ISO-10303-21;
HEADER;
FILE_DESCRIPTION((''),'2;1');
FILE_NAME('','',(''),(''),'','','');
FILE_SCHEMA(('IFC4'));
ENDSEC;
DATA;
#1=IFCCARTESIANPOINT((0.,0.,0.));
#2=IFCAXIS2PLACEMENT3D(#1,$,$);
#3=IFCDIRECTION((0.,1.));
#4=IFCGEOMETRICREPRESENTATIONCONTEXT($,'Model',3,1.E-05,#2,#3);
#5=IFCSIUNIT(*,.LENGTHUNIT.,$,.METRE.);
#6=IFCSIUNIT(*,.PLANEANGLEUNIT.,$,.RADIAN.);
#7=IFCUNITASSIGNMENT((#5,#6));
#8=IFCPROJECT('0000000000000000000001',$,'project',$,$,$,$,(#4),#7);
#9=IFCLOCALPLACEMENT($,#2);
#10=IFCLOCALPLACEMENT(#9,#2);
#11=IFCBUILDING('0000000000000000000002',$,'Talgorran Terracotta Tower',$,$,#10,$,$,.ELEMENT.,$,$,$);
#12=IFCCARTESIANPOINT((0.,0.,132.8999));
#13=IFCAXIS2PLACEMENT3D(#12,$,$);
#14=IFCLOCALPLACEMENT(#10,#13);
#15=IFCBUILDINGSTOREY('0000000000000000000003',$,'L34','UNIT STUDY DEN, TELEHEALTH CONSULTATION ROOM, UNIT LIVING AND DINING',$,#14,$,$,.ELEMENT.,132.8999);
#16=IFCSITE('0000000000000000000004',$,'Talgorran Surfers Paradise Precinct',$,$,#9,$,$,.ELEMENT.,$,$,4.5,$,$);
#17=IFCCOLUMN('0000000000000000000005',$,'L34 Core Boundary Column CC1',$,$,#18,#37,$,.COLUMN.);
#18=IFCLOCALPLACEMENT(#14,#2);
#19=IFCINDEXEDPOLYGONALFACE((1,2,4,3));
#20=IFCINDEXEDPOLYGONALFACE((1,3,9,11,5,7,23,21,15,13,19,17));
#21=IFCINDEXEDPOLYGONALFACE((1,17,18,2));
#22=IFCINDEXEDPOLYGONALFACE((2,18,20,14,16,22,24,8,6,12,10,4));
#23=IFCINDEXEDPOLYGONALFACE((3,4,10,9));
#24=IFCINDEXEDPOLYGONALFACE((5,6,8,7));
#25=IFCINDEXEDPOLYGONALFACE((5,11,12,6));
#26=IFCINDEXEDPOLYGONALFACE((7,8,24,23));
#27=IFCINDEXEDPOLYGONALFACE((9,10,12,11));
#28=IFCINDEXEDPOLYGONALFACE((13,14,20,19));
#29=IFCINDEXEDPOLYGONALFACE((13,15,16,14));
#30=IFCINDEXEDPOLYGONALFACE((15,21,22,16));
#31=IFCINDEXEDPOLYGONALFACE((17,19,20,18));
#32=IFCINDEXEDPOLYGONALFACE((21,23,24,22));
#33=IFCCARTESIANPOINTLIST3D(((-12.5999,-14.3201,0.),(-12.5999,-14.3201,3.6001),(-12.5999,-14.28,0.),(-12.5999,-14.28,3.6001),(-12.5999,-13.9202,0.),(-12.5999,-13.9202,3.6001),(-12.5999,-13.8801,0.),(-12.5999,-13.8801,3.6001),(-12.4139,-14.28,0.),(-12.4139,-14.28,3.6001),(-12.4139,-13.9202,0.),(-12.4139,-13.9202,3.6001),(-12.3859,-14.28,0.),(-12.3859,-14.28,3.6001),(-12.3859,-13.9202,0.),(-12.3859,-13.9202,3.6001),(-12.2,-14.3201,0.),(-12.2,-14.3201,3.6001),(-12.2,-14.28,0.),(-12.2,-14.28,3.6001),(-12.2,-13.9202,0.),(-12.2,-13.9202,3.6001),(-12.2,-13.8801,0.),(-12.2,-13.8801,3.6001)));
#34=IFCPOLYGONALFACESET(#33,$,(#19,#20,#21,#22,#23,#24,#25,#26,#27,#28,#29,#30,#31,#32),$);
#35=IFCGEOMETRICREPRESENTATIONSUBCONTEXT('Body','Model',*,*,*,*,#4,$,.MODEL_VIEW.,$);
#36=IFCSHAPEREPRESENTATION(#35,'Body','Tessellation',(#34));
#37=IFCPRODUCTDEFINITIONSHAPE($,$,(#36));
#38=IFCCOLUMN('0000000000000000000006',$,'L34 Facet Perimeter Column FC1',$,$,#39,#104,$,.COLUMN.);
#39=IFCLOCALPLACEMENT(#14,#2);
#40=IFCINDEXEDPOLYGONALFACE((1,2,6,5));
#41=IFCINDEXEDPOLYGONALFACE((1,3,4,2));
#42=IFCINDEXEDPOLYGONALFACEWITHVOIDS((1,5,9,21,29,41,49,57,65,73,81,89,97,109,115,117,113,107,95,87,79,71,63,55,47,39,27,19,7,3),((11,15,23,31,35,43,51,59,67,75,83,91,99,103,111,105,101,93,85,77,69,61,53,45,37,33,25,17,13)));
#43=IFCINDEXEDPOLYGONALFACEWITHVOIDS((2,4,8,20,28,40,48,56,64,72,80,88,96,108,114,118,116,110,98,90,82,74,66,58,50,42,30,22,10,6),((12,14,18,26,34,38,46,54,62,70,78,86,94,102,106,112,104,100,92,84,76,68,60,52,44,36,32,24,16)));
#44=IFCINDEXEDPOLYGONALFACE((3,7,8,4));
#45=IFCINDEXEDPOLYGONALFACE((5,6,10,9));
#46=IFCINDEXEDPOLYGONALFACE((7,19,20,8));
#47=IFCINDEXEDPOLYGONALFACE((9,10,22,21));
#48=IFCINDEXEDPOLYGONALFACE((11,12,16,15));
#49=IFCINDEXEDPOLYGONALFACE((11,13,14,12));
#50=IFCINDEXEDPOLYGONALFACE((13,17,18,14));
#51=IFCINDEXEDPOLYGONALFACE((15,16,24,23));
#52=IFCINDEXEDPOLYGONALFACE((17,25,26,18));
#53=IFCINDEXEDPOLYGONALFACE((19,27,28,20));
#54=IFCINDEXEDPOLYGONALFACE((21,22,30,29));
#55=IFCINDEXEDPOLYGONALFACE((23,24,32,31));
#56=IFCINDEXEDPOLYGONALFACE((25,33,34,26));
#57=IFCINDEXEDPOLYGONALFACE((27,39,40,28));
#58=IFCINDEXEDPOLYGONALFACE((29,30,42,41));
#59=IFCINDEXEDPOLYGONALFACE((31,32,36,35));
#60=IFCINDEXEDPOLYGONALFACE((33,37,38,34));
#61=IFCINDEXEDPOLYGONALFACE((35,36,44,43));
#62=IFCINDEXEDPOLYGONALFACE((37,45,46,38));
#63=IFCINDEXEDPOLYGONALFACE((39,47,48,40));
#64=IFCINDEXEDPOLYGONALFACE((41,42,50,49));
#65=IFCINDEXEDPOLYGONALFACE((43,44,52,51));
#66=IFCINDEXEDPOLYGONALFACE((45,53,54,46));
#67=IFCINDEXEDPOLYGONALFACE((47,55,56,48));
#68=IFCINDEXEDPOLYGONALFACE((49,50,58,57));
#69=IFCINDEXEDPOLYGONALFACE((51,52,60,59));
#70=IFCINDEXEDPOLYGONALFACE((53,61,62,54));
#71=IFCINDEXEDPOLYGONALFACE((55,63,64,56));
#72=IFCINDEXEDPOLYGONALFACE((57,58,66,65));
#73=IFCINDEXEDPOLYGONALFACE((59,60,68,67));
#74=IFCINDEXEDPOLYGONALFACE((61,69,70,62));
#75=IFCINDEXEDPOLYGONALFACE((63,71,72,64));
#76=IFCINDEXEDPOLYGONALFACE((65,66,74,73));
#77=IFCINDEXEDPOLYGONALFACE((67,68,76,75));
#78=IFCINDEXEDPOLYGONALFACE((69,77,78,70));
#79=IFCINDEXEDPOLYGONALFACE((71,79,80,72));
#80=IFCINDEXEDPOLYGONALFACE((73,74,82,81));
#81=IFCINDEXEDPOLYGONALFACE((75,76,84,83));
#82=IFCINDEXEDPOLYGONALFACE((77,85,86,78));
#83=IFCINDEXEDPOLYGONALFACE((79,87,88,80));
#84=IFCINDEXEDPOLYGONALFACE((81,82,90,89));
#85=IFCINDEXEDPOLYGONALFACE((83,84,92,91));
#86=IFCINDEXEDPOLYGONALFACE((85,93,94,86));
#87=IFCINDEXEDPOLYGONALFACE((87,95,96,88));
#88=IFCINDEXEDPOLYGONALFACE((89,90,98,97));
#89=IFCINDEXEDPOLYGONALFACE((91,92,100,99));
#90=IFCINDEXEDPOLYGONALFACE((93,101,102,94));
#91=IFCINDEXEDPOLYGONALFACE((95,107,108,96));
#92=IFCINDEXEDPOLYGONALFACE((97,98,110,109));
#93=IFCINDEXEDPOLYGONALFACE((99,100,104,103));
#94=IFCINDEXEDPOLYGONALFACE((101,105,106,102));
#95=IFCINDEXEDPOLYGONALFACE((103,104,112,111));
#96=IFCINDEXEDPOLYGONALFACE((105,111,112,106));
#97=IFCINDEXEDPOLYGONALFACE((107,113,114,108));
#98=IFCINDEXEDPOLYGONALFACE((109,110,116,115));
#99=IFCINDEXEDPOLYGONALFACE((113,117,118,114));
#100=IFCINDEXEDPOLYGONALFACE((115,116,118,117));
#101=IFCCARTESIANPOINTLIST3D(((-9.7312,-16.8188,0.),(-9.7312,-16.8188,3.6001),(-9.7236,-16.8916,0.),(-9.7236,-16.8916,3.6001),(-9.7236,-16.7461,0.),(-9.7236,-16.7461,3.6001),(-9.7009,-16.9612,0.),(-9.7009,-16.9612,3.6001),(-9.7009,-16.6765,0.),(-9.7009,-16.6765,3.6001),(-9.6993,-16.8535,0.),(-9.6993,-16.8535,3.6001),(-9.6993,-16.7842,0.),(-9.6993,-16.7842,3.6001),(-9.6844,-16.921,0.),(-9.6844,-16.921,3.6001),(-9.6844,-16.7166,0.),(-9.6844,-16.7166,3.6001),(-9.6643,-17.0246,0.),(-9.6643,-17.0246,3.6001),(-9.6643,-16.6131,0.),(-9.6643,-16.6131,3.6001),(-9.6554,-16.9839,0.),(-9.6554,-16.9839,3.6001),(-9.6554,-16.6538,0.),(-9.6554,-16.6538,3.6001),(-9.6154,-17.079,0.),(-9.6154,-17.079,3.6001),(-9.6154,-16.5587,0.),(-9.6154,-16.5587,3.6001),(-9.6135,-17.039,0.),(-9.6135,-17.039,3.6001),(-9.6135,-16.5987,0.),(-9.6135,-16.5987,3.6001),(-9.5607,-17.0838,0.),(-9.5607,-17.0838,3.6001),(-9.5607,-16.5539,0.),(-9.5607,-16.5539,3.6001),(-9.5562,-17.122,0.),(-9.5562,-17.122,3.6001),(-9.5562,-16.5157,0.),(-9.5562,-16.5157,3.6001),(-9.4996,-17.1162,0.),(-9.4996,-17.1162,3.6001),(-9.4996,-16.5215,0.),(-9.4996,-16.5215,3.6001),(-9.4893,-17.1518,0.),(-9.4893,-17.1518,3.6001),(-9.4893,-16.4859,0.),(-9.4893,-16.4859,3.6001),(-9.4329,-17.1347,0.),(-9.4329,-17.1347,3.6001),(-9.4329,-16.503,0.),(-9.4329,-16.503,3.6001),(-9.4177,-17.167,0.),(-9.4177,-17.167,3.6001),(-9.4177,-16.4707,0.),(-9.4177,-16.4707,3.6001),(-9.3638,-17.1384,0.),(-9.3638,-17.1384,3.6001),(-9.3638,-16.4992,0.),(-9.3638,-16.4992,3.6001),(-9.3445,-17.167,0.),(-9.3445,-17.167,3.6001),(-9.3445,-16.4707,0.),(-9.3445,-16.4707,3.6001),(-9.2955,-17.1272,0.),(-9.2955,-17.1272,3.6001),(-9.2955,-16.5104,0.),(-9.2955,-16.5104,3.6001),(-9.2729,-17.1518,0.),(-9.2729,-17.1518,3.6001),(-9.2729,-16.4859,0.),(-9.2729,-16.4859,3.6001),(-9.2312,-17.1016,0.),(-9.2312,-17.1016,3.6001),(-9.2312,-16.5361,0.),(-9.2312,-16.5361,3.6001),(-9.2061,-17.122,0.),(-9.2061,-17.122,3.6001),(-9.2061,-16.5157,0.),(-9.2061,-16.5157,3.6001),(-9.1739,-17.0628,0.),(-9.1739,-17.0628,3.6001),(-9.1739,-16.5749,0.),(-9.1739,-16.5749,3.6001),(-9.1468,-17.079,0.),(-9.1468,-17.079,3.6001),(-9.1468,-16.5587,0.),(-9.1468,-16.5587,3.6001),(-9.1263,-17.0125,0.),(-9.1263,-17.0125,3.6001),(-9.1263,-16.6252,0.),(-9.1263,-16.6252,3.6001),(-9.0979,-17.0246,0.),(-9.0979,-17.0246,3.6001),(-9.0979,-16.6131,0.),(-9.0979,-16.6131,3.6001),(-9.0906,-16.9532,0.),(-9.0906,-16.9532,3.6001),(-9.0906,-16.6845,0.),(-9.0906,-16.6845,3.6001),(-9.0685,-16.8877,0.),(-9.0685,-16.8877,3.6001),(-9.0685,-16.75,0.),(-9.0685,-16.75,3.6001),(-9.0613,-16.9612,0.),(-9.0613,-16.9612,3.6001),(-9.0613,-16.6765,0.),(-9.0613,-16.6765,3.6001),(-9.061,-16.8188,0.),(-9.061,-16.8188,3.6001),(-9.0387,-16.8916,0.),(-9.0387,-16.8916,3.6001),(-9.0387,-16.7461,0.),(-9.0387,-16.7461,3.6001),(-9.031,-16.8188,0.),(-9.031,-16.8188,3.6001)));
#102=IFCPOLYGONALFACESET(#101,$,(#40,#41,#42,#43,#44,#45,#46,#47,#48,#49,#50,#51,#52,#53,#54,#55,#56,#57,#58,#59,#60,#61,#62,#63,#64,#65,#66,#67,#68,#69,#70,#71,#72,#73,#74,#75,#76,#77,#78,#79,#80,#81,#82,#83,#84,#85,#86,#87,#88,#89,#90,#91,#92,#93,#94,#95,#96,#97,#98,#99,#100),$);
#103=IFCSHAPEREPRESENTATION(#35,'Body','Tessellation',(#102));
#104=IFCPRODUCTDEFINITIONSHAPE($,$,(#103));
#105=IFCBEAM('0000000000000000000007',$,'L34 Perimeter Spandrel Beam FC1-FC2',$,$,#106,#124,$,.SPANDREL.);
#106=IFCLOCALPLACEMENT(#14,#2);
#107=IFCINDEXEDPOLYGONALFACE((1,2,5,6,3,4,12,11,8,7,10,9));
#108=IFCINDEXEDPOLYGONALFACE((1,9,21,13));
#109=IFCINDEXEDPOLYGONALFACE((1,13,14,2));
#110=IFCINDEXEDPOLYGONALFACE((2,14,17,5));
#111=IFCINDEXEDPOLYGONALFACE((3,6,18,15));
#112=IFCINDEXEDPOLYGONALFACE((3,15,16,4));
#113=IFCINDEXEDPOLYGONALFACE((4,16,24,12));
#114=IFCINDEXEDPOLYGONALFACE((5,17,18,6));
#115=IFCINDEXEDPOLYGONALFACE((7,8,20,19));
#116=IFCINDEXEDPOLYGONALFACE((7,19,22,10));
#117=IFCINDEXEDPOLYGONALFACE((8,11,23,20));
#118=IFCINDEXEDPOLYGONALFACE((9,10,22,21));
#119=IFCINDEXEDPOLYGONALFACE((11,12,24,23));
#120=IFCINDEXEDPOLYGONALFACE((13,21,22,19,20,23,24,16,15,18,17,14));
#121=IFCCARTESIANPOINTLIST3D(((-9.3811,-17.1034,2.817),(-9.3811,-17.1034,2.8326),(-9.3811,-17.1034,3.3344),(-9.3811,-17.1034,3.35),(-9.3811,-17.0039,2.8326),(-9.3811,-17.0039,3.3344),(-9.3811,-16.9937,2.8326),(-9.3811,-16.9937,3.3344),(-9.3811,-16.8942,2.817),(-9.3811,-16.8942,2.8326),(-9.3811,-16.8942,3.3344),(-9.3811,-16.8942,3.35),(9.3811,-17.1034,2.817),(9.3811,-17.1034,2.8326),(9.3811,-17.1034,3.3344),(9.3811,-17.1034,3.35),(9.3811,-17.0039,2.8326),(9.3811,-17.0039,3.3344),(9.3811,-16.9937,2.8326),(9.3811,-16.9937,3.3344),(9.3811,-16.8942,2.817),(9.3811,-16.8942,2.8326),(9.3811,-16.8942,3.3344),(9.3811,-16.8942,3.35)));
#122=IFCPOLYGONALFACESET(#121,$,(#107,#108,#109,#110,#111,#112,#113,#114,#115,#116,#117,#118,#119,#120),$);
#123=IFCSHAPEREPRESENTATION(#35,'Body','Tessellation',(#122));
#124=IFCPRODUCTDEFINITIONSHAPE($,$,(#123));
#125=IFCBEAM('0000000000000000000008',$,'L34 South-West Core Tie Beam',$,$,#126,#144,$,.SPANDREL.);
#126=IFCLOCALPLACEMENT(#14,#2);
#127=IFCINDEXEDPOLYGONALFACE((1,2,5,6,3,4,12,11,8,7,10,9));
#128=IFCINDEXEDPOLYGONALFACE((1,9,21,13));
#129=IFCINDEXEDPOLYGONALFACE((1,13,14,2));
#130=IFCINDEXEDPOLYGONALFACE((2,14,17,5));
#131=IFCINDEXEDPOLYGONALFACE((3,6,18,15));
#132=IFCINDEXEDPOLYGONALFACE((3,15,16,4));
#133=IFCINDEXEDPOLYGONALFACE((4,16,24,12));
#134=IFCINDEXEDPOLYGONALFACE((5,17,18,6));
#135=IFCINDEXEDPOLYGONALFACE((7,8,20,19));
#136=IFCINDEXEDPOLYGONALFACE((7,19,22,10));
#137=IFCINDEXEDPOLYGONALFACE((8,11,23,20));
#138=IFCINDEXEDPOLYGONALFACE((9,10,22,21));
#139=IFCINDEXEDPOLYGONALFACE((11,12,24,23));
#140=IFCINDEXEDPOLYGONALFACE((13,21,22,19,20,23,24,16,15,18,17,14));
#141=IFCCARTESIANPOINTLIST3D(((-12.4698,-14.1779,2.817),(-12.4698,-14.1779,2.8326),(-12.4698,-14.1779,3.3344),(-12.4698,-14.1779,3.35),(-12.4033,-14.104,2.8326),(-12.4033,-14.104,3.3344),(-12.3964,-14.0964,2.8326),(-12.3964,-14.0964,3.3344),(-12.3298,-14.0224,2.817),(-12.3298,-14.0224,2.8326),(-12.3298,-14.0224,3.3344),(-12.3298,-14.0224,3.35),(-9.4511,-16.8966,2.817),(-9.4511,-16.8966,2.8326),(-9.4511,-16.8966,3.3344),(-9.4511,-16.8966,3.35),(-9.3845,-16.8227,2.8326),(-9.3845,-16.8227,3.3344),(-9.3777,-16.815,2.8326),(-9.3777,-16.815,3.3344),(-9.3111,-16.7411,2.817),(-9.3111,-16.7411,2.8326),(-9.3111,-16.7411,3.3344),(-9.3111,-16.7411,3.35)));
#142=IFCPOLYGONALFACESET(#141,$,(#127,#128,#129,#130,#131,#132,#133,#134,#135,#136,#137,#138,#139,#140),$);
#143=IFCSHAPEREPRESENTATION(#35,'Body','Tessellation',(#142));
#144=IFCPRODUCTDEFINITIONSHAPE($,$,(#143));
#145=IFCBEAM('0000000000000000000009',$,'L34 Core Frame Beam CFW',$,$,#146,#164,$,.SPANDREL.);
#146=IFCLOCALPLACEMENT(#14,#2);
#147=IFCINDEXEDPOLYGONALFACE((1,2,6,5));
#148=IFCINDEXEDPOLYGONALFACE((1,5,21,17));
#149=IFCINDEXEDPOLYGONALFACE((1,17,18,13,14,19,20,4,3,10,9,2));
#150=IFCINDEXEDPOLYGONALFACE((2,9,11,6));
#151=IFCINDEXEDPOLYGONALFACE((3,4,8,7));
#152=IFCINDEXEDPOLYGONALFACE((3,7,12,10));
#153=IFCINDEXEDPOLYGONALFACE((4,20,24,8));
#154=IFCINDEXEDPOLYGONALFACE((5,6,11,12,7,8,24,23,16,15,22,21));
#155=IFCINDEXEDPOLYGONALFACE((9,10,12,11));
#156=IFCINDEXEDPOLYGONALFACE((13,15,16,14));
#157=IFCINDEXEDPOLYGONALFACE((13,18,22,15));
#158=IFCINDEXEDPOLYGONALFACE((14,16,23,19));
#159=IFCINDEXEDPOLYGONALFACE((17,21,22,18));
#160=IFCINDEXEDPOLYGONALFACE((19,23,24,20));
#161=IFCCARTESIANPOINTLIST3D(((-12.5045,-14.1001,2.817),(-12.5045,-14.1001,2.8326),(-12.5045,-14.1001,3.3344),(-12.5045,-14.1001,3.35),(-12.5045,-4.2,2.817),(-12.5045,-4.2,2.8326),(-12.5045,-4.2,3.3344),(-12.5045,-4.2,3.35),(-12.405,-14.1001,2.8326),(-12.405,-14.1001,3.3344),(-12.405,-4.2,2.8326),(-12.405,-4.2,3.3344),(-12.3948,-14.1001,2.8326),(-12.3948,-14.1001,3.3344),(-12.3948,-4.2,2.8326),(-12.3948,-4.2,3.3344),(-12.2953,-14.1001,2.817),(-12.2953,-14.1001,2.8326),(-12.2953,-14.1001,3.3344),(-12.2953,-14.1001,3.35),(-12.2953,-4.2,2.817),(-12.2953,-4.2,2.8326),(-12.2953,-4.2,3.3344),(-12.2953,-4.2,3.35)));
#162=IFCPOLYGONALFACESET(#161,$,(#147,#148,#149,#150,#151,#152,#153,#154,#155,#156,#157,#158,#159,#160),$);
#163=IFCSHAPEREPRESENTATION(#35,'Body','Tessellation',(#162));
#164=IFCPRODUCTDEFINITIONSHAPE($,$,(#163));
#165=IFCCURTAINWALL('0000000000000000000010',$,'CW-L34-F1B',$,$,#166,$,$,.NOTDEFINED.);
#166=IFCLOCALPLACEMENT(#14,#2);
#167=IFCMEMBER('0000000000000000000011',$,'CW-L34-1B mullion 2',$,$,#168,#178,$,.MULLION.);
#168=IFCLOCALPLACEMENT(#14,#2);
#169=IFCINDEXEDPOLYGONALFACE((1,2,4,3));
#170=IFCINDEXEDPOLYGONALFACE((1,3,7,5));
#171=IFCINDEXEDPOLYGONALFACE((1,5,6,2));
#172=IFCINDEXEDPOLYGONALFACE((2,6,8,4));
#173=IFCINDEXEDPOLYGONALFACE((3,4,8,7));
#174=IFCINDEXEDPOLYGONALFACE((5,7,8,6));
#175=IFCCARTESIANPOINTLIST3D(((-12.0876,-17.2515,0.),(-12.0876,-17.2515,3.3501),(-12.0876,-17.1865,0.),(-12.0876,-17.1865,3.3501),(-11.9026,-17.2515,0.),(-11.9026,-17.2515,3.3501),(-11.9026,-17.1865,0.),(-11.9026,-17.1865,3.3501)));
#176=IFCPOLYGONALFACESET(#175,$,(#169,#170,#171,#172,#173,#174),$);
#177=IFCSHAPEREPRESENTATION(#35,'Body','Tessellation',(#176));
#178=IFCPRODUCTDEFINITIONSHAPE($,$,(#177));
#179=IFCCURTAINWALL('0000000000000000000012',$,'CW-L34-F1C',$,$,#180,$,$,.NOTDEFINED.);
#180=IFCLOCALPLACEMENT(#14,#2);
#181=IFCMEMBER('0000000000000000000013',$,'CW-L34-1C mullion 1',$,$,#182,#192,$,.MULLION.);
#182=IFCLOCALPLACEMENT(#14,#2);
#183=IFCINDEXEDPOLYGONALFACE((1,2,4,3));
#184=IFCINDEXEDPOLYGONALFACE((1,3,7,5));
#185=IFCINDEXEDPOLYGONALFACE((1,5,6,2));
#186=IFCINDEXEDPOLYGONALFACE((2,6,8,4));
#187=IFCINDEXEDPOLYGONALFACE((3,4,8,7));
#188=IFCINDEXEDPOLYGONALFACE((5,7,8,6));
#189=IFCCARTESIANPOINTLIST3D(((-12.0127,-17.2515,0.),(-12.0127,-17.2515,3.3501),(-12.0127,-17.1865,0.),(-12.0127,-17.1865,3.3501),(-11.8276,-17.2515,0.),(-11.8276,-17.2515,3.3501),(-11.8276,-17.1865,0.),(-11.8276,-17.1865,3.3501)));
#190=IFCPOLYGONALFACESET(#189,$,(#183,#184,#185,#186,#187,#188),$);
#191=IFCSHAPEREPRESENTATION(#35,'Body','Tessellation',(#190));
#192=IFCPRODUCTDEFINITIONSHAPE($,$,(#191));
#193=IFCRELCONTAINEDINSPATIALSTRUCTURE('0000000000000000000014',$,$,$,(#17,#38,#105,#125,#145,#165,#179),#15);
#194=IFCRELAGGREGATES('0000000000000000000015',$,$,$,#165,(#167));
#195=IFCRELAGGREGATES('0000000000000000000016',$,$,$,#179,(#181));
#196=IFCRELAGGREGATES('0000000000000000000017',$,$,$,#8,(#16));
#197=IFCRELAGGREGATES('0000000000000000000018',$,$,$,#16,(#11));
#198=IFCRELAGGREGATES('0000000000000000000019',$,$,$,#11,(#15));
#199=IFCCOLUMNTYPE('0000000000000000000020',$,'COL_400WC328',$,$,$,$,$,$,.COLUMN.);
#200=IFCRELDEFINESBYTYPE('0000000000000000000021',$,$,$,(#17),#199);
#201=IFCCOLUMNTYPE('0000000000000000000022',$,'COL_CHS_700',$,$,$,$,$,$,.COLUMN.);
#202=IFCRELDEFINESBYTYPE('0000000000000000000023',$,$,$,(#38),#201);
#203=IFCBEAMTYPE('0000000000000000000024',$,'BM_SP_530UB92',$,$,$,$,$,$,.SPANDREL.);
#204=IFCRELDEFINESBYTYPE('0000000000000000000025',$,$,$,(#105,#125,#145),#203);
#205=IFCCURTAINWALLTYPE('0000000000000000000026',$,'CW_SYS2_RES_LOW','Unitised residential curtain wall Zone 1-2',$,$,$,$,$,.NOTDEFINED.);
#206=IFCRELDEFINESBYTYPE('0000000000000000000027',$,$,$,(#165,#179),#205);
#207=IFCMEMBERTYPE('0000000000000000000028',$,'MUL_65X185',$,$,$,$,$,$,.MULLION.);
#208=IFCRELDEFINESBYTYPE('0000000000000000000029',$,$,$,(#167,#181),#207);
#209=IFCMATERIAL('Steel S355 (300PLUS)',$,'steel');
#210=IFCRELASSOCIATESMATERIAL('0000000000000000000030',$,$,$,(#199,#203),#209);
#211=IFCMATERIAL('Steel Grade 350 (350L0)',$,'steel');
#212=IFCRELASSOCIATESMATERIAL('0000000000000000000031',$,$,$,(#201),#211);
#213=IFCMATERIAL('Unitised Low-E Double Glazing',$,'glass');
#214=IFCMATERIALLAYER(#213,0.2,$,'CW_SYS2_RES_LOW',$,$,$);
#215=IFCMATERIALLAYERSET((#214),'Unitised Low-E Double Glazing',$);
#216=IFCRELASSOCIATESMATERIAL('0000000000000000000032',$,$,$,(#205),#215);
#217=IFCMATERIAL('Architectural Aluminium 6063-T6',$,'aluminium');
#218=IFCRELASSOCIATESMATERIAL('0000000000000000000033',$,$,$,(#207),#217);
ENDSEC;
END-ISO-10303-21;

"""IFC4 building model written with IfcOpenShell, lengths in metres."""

from ifc_helpers import new_model, si_unit, direction, frame, origin, origin_2d, place, context, subcontext, project, spatial, rectangle, hollow_circle, i_section, extrude, material, layer, layer_set, material_profile, profile_set, type_object, element, aggregate, save


model = new_model("IFC4")

# Units and contexts
model_context = context("Model", 3, precision=1e-05, world=origin(), true_north=direction((0.0, 1.0)))
body_context = subcontext(model_context, "Body", "Model", "MODEL_VIEW")
ifc_project = project(units=[si_unit("LENGTHUNIT", "METRE"), si_unit("PLANEANGLEUNIT", "RADIAN")], contexts=[model_context])

# Site, building, storey
site_placement = place(None, origin())
site = spatial("IfcSite", under=ifc_project, at=site_placement, Name="Talgorran Surfers Paradise Precinct", CompositionType="ELEMENT", RefElevation=4.5)
building_placement = place(site_placement, origin())
building = spatial("IfcBuilding", under=site, at=building_placement, Name="Talgorran Terracotta Tower", CompositionType="ELEMENT")
storey_placement = place(building_placement, frame((0.0, 0.0, 132.8999)))
storey = spatial("IfcBuildingStorey", under=building, at=storey_placement, Name="L34", Description="UNIT STUDY DEN, TELEHEALTH CONSULTATION ROOM, UNIT LIVING AND DINING", CompositionType="ELEMENT", Elevation=132.8999)

# Columns
ifc_material_1 = material(Name="Steel S355 (300PLUS)", Category="steel")
ifc_material_profile_1 = material_profile(ifc_material_1, i_section(OverallWidth=0.3999, OverallDepth=0.4399, WebThickness=0.0281, FlangeThickness=0.04, at=origin_2d()), Name="400WC328")
ifc_profile_set_1 = profile_set([ifc_material_profile_1], Name="Steel S355 (300PLUS)")
column_type_1 = type_object("IfcColumnType", Name="COL_400WC328", PredefinedType="COLUMN", material=ifc_profile_set_1)
column_1_placement = place(storey_placement, frame((-12.3999, -14.1001, 0.0), z_axis=(0.0, 0.0, 1.0), x_axis=(1.0, 0.0, 0.0)))
element("IfcColumn", 1, at=column_1_placement, inside=storey, type_object=column_type_1, Name="L34 Core Boundary Column CC1", PredefinedType="COLUMN", context=body_context, shape_type="SweptSolid", body=[
    extrude(i_section(OverallWidth=0.3999, OverallDepth=0.4399, WebThickness=0.0281, FlangeThickness=0.04, at=origin_2d()), origin(), (0.0, 0.0, 1.0), 3.6001),
])
ifc_material_2 = material(Name="Steel Grade 350 (350L0)", Category="steel")
ifc_material_profile_2 = material_profile(ifc_material_2, hollow_circle(Radius=0.3501, WallThickness=0.03, at=origin_2d()), Name="CHS700X30")
ifc_profile_set_2 = profile_set([ifc_material_profile_2], Name="Steel Grade 350 (350L0)")
column_type_2 = type_object("IfcColumnType", Name="COL_CHS_700", PredefinedType="COLUMN", material=ifc_profile_set_2)
column_2_placement = place(storey_placement, frame((-9.3811, -16.8188, 0.0), z_axis=(0.0, 0.0, 1.0), x_axis=(1.0, 0.0, 0.0)))
element("IfcColumn", 2, at=column_2_placement, inside=storey, type_object=column_type_2, Name="L34 Facet Perimeter Column FC1", PredefinedType="COLUMN", context=body_context, shape_type="SweptSolid", body=[
    extrude(hollow_circle(Radius=0.3501, WallThickness=0.03, at=origin_2d()), origin(), (0.0, 0.0, 1.0), 3.6001),
])

# Beams
ifc_material_profile_3 = material_profile(ifc_material_1, i_section(OverallWidth=0.2092, OverallDepth=0.533, WebThickness=0.0103, FlangeThickness=0.0156, at=origin_2d()), Name="530UB92.4")
ifc_profile_set_3 = profile_set([ifc_material_profile_3], Name="Steel S355 (300PLUS)")
beam_type = type_object("IfcBeamType", Name="BM_SP_530UB92", PredefinedType="SPANDREL", material=ifc_profile_set_3)
beam_1_placement = place(storey_placement, frame((-9.3811, -16.9988, 3.0835), z_axis=(1.0, 0.0, 0.0), x_axis=(0.0, 1.0, 0.0)))
element("IfcBeam", 3, at=beam_1_placement, inside=storey, type_object=beam_type, Name="L34 Perimeter Spandrel Beam FC1-FC2", PredefinedType="SPANDREL", context=body_context, shape_type="SweptSolid", body=[
    extrude(i_section(OverallWidth=0.2092, OverallDepth=0.533, WebThickness=0.0103, FlangeThickness=0.0156, at=origin_2d()), origin(), (0.0, 0.0, 1.0), 18.7622),
])
beam_2_placement = place(storey_placement, frame((-9.3811, -16.8188, 3.0835), z_axis=(-0.74307, 0.669214, 0.0), x_axis=(-0.669214, -0.74307, 0.0)))
element("IfcBeam", 4, at=beam_2_placement, inside=storey, type_object=beam_type, Name="L34 South-West Core Tie Beam", PredefinedType="SPANDREL", context=body_context, shape_type="SweptSolid", body=[
    extrude(i_section(OverallWidth=0.2092, OverallDepth=0.533, WebThickness=0.0103, FlangeThickness=0.0156, at=origin_2d()), origin(), (0.0, 0.0, 1.0), 4.0625),
])
beam_3_placement = place(storey_placement, frame((-12.3999, -14.1001, 3.0835), z_axis=(0.0, 1.0, 0.0), x_axis=(-1.0, 0.0, 0.0)))
element("IfcBeam", 5, at=beam_3_placement, inside=storey, type_object=beam_type, Name="L34 Core Frame Beam CFW", PredefinedType="SPANDREL", context=body_context, shape_type="SweptSolid", body=[
    extrude(i_section(OverallWidth=0.2092, OverallDepth=0.533, WebThickness=0.0103, FlangeThickness=0.0156, at=origin_2d()), origin(), (0.0, 0.0, 1.0), 9.9001),
])

# Curtain wall, member
ifc_material_3 = material(Name="Unitised Low-E Double Glazing", Category="glass")
ifc_layer_1 = layer(ifc_material_3, 0.2, Name="CW_SYS2_RES_LOW")
ifc_layer_set_1 = layer_set([ifc_layer_1], Name="Unitised Low-E Double Glazing")
curtain_wall_type = type_object("IfcCurtainWallType", Name="CW_SYS2_RES_LOW", Description="Unitised residential curtain wall Zone 1-2", PredefinedType="NOTDEFINED", material=ifc_layer_set_1)
curtain_wall_1_placement = place(storey_placement, origin())
curtain_wall_1 = element("IfcCurtainWall", 6, at=curtain_wall_1_placement, inside=storey, type_object=curtain_wall_type, Name="CW-L34-F1B", PredefinedType="NOTDEFINED")
ifc_material_4 = material(Name="Architectural Aluminium 6063-T6", Category="aluminium")
ifc_material_profile_4 = material_profile(ifc_material_4, rectangle(XDim=0.0649, YDim=0.1851, at=origin_2d()), Name="CWM65X185")
ifc_profile_set_4 = profile_set([ifc_material_profile_4], Name="Architectural Aluminium 6063-T6")
member_type_1 = type_object("IfcMemberType", Name="MUL_65X185", PredefinedType="MULLION", material=ifc_profile_set_4)
member_1_placement = place(storey_placement, frame((-11.9951, -17.219, 0.0), z_axis=(0.0, 0.0, 1.0), x_axis=(0.0, 1.0, 0.0)))
member_1 = element("IfcMember", 7, at=member_1_placement, type_object=member_type_1, Name="CW-L34-1B mullion 2", PredefinedType="MULLION", context=body_context, shape_type="SweptSolid", body=[
    extrude(rectangle(XDim=0.0649, YDim=0.1851, at=origin_2d()), origin(), (0.0, 0.0, 1.0), 3.3501),
])
aggregate(curtain_wall_1, [member_1])

# Curtain wall, member
curtain_wall_2_placement = place(storey_placement, origin())
curtain_wall_2 = element("IfcCurtainWall", 8, at=curtain_wall_2_placement, inside=storey, type_object=curtain_wall_type, Name="CW-L34-F1C", PredefinedType="NOTDEFINED")
member_2_placement = place(storey_placement, frame((-11.9202, -17.219, 0.0), z_axis=(0.0, 0.0, 1.0), x_axis=(0.0, 1.0, 0.0)))
member_2 = element("IfcMember", 9, at=member_2_placement, type_object=member_type_1, Name="CW-L34-1C mullion 1", PredefinedType="MULLION", context=body_context, shape_type="SweptSolid", body=[
    extrude(rectangle(XDim=0.0649, YDim=0.1851, at=origin_2d()), origin(), (0.0, 0.0, 1.0), 3.3501),
])

aggregate(curtain_wall_2, [member_2])

save(model, "model.ifc")
